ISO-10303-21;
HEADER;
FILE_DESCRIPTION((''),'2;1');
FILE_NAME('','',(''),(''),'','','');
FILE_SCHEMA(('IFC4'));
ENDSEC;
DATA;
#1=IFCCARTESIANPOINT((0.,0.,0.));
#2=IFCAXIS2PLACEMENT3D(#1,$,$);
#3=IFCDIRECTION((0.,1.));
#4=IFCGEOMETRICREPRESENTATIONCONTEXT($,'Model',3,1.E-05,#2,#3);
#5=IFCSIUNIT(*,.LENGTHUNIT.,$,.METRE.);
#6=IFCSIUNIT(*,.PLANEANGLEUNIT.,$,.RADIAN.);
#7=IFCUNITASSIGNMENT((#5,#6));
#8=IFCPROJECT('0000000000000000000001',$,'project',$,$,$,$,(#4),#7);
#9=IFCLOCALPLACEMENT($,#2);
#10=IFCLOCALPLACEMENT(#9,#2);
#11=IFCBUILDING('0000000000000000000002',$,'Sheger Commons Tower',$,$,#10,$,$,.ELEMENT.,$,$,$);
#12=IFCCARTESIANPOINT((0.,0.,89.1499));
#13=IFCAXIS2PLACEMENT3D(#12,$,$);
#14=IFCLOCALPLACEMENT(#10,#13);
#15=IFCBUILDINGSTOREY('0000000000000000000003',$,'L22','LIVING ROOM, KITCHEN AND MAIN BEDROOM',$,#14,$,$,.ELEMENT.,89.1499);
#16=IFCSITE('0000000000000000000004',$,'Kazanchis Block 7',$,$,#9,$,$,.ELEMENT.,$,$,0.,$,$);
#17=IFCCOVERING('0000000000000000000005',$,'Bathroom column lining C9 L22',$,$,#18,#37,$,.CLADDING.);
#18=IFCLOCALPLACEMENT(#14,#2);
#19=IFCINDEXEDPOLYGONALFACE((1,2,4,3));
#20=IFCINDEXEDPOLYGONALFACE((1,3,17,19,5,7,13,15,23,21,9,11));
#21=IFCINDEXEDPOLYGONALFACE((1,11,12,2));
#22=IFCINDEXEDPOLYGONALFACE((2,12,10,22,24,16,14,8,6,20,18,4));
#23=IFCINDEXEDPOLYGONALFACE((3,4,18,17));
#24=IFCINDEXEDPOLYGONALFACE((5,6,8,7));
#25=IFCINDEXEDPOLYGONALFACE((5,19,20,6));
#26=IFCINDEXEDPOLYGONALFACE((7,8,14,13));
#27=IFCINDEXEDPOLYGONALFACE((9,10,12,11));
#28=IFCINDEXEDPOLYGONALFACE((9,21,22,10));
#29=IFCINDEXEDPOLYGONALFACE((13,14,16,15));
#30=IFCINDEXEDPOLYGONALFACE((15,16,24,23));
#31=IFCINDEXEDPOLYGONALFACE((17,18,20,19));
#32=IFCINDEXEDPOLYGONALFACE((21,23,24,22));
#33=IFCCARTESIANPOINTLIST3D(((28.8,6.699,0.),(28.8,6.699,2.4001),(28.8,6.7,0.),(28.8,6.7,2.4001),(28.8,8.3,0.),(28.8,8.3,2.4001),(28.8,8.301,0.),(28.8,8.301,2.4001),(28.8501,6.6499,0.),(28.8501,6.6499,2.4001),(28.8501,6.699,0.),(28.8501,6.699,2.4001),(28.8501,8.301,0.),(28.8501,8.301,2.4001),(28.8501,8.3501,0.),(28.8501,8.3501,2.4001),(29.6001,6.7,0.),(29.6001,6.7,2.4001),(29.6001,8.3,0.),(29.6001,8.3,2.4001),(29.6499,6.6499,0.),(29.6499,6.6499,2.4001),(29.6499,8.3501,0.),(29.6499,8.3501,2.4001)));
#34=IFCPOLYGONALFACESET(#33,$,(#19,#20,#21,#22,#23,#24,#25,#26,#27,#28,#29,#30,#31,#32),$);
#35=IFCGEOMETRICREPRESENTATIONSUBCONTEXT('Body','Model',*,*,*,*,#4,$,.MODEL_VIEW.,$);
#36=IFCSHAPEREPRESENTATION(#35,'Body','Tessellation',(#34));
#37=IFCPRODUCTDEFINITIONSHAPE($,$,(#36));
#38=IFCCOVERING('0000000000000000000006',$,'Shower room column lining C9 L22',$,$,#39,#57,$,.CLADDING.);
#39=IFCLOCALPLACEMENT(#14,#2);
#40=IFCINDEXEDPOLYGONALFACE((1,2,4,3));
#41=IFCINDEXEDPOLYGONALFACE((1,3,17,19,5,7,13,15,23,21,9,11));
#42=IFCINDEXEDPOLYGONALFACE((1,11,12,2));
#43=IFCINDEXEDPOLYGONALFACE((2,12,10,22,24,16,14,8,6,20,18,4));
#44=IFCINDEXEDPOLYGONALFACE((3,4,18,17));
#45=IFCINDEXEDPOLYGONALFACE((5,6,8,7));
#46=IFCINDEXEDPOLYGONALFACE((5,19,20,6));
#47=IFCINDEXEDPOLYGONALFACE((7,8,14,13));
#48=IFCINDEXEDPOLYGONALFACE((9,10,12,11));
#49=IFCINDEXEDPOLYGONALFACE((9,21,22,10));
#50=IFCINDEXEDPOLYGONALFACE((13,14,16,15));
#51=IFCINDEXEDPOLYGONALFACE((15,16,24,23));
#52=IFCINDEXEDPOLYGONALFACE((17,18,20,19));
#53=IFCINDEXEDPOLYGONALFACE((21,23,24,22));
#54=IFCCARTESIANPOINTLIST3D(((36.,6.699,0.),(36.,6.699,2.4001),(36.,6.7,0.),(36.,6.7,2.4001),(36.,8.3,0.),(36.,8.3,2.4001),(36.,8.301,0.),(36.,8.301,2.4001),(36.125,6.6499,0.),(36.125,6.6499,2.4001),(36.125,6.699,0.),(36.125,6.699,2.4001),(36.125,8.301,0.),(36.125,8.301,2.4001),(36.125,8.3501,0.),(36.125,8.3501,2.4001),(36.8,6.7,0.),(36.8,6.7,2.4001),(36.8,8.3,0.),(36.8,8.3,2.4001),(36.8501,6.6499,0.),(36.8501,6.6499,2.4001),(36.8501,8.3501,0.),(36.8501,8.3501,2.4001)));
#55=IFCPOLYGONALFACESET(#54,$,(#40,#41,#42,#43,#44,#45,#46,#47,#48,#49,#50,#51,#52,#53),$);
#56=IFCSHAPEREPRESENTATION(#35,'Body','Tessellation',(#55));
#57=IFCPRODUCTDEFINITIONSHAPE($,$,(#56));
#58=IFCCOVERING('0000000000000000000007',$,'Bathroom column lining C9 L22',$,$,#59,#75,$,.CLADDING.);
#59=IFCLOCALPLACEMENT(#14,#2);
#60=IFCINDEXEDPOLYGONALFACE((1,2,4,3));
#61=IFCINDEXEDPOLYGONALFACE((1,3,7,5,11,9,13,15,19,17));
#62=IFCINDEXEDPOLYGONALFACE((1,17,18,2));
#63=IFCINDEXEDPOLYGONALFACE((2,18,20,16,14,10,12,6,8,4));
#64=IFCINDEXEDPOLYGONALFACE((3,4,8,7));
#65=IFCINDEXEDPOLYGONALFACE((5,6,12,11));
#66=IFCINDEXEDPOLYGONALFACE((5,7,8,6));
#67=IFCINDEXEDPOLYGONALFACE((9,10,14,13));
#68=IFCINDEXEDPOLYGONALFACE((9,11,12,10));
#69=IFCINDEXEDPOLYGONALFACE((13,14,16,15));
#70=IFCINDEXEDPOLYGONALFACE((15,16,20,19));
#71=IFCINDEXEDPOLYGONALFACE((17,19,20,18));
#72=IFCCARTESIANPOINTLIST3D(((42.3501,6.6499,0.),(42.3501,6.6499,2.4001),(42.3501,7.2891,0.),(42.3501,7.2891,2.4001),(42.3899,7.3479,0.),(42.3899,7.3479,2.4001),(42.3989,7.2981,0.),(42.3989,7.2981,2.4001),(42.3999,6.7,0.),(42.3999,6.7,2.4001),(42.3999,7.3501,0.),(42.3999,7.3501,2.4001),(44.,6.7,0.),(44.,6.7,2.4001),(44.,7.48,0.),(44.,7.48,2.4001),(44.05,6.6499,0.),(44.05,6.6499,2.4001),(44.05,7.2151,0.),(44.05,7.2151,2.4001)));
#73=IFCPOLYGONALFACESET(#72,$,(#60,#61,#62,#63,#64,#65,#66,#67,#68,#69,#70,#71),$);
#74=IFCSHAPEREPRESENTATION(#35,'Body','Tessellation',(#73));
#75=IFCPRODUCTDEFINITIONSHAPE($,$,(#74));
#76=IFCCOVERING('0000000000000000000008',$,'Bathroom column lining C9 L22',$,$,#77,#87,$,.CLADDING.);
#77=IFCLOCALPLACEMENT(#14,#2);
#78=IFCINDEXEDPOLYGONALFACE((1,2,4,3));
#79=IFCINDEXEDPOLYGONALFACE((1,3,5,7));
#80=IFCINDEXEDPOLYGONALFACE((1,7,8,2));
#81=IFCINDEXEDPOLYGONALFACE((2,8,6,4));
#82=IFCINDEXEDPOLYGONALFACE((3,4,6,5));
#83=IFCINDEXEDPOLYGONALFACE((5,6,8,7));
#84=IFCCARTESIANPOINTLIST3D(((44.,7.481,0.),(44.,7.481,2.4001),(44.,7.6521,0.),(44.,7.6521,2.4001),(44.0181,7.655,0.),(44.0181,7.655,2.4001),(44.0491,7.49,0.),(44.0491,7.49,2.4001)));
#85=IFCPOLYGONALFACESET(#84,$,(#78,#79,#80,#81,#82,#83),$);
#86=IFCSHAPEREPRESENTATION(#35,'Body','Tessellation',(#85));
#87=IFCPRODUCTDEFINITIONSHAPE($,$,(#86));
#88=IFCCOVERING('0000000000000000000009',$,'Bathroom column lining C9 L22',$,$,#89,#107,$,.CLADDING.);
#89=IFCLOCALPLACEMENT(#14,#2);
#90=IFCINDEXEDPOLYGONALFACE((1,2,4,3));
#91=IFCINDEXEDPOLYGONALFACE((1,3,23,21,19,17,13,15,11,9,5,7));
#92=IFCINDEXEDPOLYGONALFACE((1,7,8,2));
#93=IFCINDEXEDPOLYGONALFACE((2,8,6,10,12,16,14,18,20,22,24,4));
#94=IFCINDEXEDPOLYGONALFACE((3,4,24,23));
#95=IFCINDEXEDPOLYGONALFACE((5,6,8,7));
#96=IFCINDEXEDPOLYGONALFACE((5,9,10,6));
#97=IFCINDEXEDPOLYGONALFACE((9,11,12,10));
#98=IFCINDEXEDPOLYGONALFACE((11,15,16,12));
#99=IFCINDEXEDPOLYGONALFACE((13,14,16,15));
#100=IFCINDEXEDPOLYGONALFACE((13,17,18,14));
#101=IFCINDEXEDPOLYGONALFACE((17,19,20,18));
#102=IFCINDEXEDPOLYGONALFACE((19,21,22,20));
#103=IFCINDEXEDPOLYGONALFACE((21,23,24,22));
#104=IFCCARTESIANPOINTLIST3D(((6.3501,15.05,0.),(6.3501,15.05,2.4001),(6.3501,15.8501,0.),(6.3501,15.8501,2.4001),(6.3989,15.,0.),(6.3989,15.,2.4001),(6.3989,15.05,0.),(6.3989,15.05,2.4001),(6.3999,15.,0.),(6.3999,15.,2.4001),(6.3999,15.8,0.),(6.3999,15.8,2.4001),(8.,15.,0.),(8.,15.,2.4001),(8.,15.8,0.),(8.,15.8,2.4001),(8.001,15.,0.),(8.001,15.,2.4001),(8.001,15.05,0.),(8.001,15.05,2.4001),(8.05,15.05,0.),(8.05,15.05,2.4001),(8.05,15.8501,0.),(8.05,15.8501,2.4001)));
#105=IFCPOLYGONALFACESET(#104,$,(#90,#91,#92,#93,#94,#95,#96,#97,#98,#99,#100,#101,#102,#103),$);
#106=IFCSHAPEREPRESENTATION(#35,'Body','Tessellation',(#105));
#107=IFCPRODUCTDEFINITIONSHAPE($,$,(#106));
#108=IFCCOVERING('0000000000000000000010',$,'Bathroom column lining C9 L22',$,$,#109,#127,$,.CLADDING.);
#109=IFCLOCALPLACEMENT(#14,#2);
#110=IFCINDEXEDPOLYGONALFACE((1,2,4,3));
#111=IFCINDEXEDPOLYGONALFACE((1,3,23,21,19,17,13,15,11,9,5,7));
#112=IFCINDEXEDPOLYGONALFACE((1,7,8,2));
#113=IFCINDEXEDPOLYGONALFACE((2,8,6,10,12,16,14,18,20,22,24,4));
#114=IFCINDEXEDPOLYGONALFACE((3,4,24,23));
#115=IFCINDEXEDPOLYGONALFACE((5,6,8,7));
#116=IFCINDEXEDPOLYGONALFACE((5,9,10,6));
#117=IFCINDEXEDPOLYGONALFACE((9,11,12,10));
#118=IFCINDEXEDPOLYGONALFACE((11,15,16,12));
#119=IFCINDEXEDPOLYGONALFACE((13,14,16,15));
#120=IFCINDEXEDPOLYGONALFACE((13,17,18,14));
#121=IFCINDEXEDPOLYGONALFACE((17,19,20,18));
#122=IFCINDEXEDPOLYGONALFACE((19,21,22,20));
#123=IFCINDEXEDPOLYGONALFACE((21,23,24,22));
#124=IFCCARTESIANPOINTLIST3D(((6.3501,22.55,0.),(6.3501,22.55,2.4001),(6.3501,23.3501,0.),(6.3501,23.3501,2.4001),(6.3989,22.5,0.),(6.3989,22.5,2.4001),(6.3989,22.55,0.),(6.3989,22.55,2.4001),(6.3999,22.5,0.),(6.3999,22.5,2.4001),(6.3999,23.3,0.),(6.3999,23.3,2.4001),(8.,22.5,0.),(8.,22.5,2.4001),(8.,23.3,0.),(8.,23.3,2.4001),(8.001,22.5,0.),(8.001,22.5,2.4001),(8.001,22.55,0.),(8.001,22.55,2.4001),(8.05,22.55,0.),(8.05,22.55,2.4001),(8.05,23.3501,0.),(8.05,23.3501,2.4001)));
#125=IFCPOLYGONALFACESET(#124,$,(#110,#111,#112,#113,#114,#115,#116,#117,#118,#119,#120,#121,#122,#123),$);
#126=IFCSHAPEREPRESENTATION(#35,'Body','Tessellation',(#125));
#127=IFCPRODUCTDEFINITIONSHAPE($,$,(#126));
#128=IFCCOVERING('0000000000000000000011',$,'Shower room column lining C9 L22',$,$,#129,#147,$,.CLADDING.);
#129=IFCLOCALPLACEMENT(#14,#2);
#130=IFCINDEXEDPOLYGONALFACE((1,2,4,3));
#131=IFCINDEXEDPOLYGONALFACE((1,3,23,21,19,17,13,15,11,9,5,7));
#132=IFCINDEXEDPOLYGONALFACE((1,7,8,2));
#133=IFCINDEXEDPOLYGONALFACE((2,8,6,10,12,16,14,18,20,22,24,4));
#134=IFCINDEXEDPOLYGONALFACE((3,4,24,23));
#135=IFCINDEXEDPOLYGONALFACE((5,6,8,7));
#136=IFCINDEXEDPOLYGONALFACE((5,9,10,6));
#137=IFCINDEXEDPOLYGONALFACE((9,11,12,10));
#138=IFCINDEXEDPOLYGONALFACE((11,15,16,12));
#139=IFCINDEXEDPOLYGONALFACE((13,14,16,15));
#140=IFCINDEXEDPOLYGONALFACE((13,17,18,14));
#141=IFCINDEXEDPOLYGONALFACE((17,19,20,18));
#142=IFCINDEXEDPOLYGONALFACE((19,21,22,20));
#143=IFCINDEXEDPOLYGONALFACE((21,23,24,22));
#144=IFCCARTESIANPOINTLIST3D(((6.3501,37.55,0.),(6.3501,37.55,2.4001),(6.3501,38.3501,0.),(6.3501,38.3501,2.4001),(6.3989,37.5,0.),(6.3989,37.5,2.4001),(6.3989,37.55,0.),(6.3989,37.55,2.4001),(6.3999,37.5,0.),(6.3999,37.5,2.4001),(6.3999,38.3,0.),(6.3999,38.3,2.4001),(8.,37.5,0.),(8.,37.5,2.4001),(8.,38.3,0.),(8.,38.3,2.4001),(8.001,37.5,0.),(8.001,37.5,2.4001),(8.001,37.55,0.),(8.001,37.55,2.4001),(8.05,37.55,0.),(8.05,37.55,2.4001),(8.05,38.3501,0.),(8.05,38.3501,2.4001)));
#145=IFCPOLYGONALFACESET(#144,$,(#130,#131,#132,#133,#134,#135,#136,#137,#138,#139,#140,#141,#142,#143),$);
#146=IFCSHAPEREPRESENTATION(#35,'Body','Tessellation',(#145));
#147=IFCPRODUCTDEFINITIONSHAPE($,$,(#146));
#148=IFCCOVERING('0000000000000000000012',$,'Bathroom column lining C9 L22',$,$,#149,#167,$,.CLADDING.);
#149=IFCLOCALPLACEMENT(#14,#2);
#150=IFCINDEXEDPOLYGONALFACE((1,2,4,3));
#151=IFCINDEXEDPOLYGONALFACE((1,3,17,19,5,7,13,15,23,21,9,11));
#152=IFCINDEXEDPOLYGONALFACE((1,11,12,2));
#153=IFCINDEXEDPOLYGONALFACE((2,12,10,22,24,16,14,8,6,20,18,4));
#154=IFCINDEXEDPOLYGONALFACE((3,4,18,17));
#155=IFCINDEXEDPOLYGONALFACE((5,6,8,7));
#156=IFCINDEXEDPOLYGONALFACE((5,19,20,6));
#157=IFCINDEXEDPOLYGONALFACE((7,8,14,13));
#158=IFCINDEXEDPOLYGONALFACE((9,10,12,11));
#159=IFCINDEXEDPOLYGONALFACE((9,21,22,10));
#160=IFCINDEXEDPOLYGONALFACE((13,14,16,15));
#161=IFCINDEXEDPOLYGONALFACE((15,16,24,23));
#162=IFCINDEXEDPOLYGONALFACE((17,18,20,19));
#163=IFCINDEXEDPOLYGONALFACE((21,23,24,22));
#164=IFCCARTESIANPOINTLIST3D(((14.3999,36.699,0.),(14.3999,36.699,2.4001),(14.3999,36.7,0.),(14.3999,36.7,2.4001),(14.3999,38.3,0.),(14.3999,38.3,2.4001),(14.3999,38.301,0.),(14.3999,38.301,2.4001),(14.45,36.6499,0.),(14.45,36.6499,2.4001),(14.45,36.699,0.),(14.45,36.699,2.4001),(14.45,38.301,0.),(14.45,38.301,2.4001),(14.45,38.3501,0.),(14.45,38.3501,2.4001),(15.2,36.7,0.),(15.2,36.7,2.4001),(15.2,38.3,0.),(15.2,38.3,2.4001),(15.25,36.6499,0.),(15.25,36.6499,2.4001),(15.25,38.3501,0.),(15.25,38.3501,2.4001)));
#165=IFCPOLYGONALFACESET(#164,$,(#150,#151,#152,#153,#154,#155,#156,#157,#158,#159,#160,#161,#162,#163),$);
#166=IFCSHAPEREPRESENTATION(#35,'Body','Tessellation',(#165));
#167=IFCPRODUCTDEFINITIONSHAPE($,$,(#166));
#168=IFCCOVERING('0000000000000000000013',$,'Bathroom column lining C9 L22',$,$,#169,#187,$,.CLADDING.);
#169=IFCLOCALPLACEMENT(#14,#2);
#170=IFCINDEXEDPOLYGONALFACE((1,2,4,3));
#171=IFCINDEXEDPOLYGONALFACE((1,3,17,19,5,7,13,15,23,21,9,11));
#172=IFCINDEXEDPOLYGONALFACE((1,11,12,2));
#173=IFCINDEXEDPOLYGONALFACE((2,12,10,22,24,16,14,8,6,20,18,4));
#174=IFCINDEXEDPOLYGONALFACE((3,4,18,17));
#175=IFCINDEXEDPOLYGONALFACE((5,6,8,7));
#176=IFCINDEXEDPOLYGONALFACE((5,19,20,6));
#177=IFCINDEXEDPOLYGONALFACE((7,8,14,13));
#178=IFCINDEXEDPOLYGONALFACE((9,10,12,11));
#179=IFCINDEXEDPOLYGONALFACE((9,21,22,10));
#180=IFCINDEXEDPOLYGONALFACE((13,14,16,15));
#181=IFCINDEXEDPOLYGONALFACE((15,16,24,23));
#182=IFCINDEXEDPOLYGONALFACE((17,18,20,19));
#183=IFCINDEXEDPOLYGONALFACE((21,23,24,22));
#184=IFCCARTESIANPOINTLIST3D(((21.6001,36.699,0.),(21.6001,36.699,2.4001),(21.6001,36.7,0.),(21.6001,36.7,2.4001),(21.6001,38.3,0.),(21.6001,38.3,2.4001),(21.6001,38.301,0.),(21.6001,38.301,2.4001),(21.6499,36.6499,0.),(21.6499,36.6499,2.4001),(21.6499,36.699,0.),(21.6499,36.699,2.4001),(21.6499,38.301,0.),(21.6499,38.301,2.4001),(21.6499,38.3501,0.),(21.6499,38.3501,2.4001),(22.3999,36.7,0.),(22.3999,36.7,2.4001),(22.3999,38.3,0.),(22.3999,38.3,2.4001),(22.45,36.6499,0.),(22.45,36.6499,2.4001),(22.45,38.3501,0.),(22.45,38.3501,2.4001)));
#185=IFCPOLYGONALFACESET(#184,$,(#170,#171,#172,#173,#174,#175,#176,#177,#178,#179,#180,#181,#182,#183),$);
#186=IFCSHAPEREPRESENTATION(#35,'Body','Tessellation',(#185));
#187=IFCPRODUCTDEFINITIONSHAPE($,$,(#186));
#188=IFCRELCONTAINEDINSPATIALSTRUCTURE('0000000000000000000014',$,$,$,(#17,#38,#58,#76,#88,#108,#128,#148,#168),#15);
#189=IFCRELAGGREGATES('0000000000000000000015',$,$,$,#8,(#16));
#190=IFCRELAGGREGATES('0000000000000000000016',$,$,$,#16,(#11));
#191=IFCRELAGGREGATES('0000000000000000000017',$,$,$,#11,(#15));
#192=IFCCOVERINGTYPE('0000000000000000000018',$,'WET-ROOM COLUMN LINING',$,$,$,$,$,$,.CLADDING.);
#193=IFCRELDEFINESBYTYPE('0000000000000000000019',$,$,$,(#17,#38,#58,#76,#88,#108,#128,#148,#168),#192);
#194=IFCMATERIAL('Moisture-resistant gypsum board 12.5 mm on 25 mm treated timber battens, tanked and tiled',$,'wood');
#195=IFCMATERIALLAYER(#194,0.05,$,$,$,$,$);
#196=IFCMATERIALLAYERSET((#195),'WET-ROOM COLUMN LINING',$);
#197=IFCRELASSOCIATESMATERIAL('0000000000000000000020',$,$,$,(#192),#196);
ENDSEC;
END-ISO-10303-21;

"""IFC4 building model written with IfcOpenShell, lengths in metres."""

from ifc_helpers import new_model, si_unit, direction, frame, origin, place, context, subcontext, project, spatial, polyline, outline, extrude, material, layer, layer_set, type_object, element, save


model = new_model("IFC4")

# Units and contexts
model_context = context("Model", 3, precision=1e-05, world=origin(), true_north=direction((0.0, 1.0)))
body_context = subcontext(model_context, "Body", "Model", "MODEL_VIEW")
ifc_project = project(units=[si_unit("LENGTHUNIT", "METRE"), si_unit("PLANEANGLEUNIT", "RADIAN")], contexts=[model_context])

# Site, building, storey
site_placement = place(None, origin())
site = spatial("IfcSite", under=ifc_project, at=site_placement, Name="Kazanchis Block 7", CompositionType="ELEMENT", RefElevation=0.0)
building_placement = place(site_placement, origin())
building = spatial("IfcBuilding", under=site, at=building_placement, Name="Sheger Commons Tower", CompositionType="ELEMENT")
storey_placement = place(building_placement, frame((0.0, 0.0, 89.1499)))
storey = spatial("IfcBuildingStorey", under=building, at=storey_placement, Name="L22", Description="LIVING ROOM, KITCHEN AND MAIN BEDROOM", CompositionType="ELEMENT", Elevation=89.1499)

# Coverings
ifc_material_1 = material(Name="Moisture-resistant gypsum board 12.5 mm on 25 mm treated timber battens, tanked and tiled", Category="wood")
ifc_layer_1 = layer(ifc_material_1, 0.05)
ifc_layer_set_1 = layer_set([ifc_layer_1], Name="WET-ROOM COLUMN LINING")
covering_type_1 = type_object("IfcCoveringType", Name="WET-ROOM COLUMN LINING", PredefinedType="CLADDING", material=ifc_layer_set_1)
covering_1_placement = place(storey_placement, origin())
element("IfcCovering", 1, at=covering_1_placement, inside=storey, type_object=covering_type_1, Name="Bathroom column lining C9 L22", PredefinedType="CLADDING", context=body_context, shape_type="SweptSolid", body=[
    extrude(outline(polyline([(29.6499, 6.6499), (28.8501, 6.6499), (28.8501, 6.699), (28.8, 6.699), (28.8, 6.7), (29.6001, 6.7), (29.6001, 8.3), (28.8, 8.3), (28.8, 8.301), (28.8501, 8.301), (28.8501, 8.3501), (29.6499, 8.3501), (29.6499, 6.6499)])), origin(), (0.0, 0.0, 1.0), 2.4001),
])
covering_2_placement = place(storey_placement, origin())
element("IfcCovering", 2, at=covering_2_placement, inside=storey, type_object=covering_type_1, Name="Shower room column lining C9 L22", PredefinedType="CLADDING", context=body_context, shape_type="SweptSolid", body=[
    extrude(outline(polyline([(36.8501, 6.6499), (36.125, 6.6499), (36.125, 6.699), (36.0, 6.699), (36.0, 6.7), (36.8, 6.7), (36.8, 8.3), (36.0, 8.3), (36.0, 8.301), (36.125, 8.301), (36.125, 8.3501), (36.8501, 8.3501), (36.8501, 6.6499)])), origin(), (0.0, 0.0, 1.0), 2.4001),
])
covering_3_placement = place(storey_placement, origin())
element("IfcCovering", 3, at=covering_3_placement, inside=storey, type_object=covering_type_1, Name="Bathroom column lining C9 L22", PredefinedType="CLADDING", context=body_context, shape_type="SweptSolid", body=[
    extrude(outline(polyline([(42.3999, 7.3501), (42.3999, 6.7), (44.0, 6.7), (44.0, 7.48), (44.05, 7.2151), (44.05, 6.6499), (42.3501, 6.6499), (42.3501, 7.2891), (42.3989, 7.2981), (42.3899, 7.3479), (42.3999, 7.3501)])), origin(), (0.0, 0.0, 1.0), 2.4001),
])
covering_4_placement = place(storey_placement, origin())
element("IfcCovering", 4, at=covering_4_placement, inside=storey, type_object=covering_type_1, Name="Bathroom column lining C9 L22", PredefinedType="CLADDING", context=body_context, shape_type="SweptSolid", body=[
    extrude(outline(polyline([(44.0, 7.6521), (44.0181, 7.655), (44.0491, 7.49), (44.0, 7.481), (44.0, 7.6521)])), origin(), (0.0, 0.0, 1.0), 2.4001),
])
covering_5_placement = place(storey_placement, origin())
element("IfcCovering", 5, at=covering_5_placement, inside=storey, type_object=covering_type_1, Name="Bathroom column lining C9 L22", PredefinedType="CLADDING", context=body_context, shape_type="SweptSolid", body=[
    extrude(outline(polyline([(8.05, 15.8501), (8.05, 15.05), (8.001, 15.05), (8.001, 15.0), (8.0, 15.0), (8.0, 15.8), (6.3999, 15.8), (6.3999, 15.0), (6.3989, 15.0), (6.3989, 15.05), (6.3501, 15.05), (6.3501, 15.8501), (8.05, 15.8501)])), origin(), (0.0, 0.0, 1.0), 2.4001),
])
covering_6_placement = place(storey_placement, origin())
element("IfcCovering", 6, at=covering_6_placement, inside=storey, type_object=covering_type_1, Name="Bathroom column lining C9 L22", PredefinedType="CLADDING", context=body_context, shape_type="SweptSolid", body=[
    extrude(outline(polyline([(8.05, 23.3501), (8.05, 22.55), (8.001, 22.55), (8.001, 22.5), (8.0, 22.5), (8.0, 23.3), (6.3999, 23.3), (6.3999, 22.5), (6.3989, 22.5), (6.3989, 22.55), (6.3501, 22.55), (6.3501, 23.3501), (8.05, 23.3501)])), origin(), (0.0, 0.0, 1.0), 2.4001),
])
covering_7_placement = place(storey_placement, origin())
element("IfcCovering", 7, at=covering_7_placement, inside=storey, type_object=covering_type_1, Name="Shower room column lining C9 L22", PredefinedType="CLADDING", context=body_context, shape_type="SweptSolid", body=[
    extrude(outline(polyline([(8.05, 38.3501), (8.05, 37.55), (8.001, 37.55), (8.001, 37.5), (8.0, 37.5), (8.0, 38.3), (6.3999, 38.3), (6.3999, 37.5), (6.3989, 37.5), (6.3989, 37.55), (6.3501, 37.55), (6.3501, 38.3501), (8.05, 38.3501)])), origin(), (0.0, 0.0, 1.0), 2.4001),
])
covering_8_placement = place(storey_placement, origin())
element("IfcCovering", 8, at=covering_8_placement, inside=storey, type_object=covering_type_1, Name="Bathroom column lining C9 L22", PredefinedType="CLADDING", context=body_context, shape_type="SweptSolid", body=[
    extrude(outline(polyline([(15.25, 36.6499), (14.45, 36.6499), (14.45, 36.699), (14.3999, 36.699), (14.3999, 36.7), (15.2, 36.7), (15.2, 38.3), (14.3999, 38.3), (14.3999, 38.301), (14.45, 38.301), (14.45, 38.3501), (15.25, 38.3501), (15.25, 36.6499)])), origin(), (0.0, 0.0, 1.0), 2.4001),
])
covering_9_placement = place(storey_placement, origin())
element("IfcCovering", 9, at=covering_9_placement, inside=storey, type_object=covering_type_1, Name="Bathroom column lining C9 L22", PredefinedType="CLADDING", context=body_context, shape_type="SweptSolid", body=[
    extrude(outline(polyline([(22.45, 36.6499), (21.6499, 36.6499), (21.6499, 36.699), (21.6001, 36.699), (21.6001, 36.7), (22.3999, 36.7), (22.3999, 38.3), (21.6001, 38.3), (21.6001, 38.301), (21.6499, 38.301), (21.6499, 38.3501), (22.45, 38.3501), (22.45, 36.6499)])), origin(), (0.0, 0.0, 1.0), 2.4001),
])

save(model, "model.ifc")
